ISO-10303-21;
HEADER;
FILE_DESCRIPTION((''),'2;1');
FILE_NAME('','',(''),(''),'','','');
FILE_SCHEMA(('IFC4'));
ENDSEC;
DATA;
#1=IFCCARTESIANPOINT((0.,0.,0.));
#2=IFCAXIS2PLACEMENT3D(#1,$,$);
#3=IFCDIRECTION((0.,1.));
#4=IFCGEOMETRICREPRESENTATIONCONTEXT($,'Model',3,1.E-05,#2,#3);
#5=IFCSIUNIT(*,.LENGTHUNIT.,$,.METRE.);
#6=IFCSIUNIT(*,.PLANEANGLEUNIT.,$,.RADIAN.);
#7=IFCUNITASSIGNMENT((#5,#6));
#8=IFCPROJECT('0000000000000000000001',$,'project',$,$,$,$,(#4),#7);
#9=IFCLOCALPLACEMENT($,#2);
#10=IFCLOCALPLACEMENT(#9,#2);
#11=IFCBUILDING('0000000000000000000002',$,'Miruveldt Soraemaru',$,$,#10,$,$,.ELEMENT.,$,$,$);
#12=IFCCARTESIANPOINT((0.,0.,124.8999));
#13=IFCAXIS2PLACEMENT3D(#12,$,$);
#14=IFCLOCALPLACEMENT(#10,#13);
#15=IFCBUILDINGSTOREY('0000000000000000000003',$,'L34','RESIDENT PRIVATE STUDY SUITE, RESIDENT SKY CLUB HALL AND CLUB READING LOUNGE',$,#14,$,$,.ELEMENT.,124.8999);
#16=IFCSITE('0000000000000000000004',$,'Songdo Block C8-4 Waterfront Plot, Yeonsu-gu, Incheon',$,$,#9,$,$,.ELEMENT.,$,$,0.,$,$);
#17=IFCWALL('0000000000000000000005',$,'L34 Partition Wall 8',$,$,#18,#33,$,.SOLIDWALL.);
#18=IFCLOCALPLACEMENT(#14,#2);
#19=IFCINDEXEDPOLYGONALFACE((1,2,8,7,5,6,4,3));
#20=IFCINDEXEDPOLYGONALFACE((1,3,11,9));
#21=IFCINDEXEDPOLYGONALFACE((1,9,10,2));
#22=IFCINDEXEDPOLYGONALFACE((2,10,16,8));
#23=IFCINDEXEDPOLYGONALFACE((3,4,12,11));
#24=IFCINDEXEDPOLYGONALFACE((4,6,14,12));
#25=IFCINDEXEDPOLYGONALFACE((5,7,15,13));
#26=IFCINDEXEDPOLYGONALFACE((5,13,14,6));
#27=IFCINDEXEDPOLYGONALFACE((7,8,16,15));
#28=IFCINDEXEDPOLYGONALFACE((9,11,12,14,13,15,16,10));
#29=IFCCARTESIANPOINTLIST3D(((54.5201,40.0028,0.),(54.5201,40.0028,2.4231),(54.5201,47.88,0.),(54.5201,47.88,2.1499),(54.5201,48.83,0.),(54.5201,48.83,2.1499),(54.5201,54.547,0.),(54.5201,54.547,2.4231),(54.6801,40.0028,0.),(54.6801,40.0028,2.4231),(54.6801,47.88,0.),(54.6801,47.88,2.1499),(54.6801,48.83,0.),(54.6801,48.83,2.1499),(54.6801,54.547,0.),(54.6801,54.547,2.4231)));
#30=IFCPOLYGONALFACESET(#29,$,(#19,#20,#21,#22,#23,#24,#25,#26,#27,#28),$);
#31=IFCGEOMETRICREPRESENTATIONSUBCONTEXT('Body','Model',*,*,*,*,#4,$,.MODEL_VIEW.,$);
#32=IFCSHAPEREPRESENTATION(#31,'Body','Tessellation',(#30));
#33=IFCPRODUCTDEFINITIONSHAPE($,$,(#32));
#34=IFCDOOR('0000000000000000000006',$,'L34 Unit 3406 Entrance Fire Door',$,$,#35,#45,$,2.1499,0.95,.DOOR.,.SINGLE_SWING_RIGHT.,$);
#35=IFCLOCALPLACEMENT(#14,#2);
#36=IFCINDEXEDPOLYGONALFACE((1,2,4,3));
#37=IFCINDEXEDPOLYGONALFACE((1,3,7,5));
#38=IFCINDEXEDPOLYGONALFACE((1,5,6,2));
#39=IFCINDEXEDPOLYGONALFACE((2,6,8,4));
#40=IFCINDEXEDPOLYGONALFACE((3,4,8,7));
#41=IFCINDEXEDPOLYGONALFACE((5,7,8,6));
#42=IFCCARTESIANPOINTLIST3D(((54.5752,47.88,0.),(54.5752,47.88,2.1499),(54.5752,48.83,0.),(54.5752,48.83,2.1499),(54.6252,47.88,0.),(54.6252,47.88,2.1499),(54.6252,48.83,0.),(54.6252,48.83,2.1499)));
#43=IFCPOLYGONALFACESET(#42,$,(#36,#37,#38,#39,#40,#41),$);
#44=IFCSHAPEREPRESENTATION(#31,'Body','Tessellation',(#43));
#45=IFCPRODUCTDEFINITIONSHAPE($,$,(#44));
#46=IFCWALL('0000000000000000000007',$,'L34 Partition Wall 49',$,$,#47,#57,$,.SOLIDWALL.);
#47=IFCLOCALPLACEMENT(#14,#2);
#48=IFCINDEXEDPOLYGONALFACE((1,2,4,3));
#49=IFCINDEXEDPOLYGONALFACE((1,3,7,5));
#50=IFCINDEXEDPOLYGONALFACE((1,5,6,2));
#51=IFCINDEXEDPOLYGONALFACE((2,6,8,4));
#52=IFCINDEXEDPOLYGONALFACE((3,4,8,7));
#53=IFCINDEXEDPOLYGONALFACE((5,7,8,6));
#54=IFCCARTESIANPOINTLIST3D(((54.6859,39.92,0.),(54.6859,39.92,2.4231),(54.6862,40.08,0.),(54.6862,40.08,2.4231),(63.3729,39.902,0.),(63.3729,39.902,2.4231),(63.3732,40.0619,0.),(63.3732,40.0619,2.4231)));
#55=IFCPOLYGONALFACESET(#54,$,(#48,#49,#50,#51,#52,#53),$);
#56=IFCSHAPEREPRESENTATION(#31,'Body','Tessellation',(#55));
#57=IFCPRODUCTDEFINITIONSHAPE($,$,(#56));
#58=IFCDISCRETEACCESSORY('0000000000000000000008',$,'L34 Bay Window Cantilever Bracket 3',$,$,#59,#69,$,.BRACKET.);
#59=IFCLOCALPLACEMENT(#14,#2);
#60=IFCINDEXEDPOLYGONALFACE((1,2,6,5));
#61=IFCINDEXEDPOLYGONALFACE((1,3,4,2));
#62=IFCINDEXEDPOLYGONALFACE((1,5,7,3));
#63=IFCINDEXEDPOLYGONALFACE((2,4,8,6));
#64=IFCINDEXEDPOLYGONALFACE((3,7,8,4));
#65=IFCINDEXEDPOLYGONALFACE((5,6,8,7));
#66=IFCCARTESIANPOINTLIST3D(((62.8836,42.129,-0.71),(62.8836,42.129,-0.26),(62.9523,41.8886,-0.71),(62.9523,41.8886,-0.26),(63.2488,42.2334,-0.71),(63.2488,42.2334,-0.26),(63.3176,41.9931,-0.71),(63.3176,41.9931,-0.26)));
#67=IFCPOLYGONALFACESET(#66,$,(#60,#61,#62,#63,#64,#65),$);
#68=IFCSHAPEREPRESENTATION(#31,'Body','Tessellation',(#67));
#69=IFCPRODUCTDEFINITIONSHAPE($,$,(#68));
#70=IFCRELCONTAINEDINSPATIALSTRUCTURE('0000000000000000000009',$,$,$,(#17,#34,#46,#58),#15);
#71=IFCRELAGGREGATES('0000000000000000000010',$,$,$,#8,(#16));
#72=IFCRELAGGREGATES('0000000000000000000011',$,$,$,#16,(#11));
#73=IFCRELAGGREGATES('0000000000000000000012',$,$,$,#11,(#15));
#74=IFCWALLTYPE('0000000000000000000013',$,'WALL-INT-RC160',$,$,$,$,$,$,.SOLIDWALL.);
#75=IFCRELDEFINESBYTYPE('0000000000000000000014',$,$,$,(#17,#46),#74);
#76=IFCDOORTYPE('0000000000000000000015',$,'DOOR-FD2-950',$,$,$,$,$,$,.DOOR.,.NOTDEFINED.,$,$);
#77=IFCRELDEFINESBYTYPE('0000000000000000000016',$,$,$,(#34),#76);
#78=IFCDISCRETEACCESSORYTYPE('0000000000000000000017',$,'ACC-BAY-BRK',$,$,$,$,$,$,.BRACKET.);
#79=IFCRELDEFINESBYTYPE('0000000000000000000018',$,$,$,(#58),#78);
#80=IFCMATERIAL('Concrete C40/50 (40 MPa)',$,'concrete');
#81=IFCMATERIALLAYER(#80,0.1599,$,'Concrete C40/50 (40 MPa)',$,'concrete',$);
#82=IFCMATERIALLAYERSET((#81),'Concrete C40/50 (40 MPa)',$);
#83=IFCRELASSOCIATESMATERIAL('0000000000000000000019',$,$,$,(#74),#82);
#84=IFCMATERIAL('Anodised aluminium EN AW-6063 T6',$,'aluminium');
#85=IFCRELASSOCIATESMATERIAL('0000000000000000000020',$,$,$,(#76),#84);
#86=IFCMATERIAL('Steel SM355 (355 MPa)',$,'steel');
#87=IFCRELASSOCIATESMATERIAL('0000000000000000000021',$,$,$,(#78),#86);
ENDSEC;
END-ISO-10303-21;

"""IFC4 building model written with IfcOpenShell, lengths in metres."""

from ifc_helpers import new_model, si_unit, direction, frame, frame_2d, origin, origin_2d, place, context, subcontext, project, spatial, rectangle, extrude, material, layer, layer_set, type_object, element, fill, save


model = new_model("IFC4")

# Units and contexts
model_context = context("Model", 3, precision=1e-05, world=origin(), true_north=direction((0.0, 1.0)))
body_context = subcontext(model_context, "Body", "Model", "MODEL_VIEW")
ifc_project = project(units=[si_unit("LENGTHUNIT", "METRE"), si_unit("PLANEANGLEUNIT", "RADIAN")], contexts=[model_context])

# Site, building, storey
site_placement = place(None, origin())
site = spatial("IfcSite", under=ifc_project, at=site_placement, Name="Songdo Block C8-4 Waterfront Plot, Yeonsu-gu, Incheon", CompositionType="ELEMENT", RefElevation=0.0)
building_placement = place(site_placement, origin())
building = spatial("IfcBuilding", under=site, at=building_placement, Name="Miruveldt Soraemaru", CompositionType="ELEMENT")
storey_placement = place(building_placement, frame((0.0, 0.0, 124.8999)))
storey = spatial("IfcBuildingStorey", under=building, at=storey_placement, Name="L34", Description="RESIDENT PRIVATE STUDY SUITE, RESIDENT SKY CLUB HALL AND CLUB READING LOUNGE", CompositionType="ELEMENT", Elevation=124.8999)

# Shared definitions
ifc_material_1 = material(Name="Anodised aluminium EN AW-6063 T6", Category="aluminium")

# Wall, opening, door
ifc_material_2 = material(Name="Concrete C40/50 (40 MPa)", Category="concrete")
ifc_layer_1 = layer(ifc_material_2, 0.1599, Name="Concrete C40/50 (40 MPa)", Category="concrete")
ifc_layer_set_1 = layer_set([ifc_layer_1], Name="Concrete C40/50 (40 MPa)")
wall_type_1 = type_object("IfcWallType", Name="WALL-INT-RC160", PredefinedType="SOLIDWALL", material=ifc_layer_set_1)
wall_1_placement = place(storey_placement, frame((54.6001, 40.0029, 0.0), z_axis=(0.0, 0.0, 1.0), x_axis=(0.0, 1.0, 0.0)))
wall_1 = element("IfcWall", 1, at=wall_1_placement, inside=storey, type_object=wall_type_1, Name="L34 Partition Wall 8", PredefinedType="SOLIDWALL", context=body_context, shape_type="SweptSolid", body=[
    extrude(rectangle(XDim=14.5442, YDim=0.1599, at=frame_2d((7.272, 0.0))), origin(), (0.0, 0.0, 1.0), 2.4231),
])
opening_1_placement = place(wall_1_placement, frame((7.877, 0.0, 0.0)))
opening_1 = element("IfcOpeningElement", 2, at=opening_1_placement, cuts=wall_1, PredefinedType="OPENING", context=body_context, shape_type="SweptSolid", body=[
    extrude(rectangle(XDim=0.95, YDim=2.1499, at=frame_2d((0.4751, 1.075))), frame((0.0, 0.0898, 0.0), z_axis=(0.0, -1.0, 0.0), x_axis=(1.0, 0.0, 0.0)), (0.0, 0.0, 1.0), 0.1799),
])
door_type_1 = type_object("IfcDoorType", Name="DOOR-FD2-950", OperationType="NOTDEFINED", PredefinedType="DOOR", material=ifc_material_1)
door_1_placement = place(opening_1_placement, origin())
door_1 = element("IfcDoor", 3, at=door_1_placement, inside=storey, type_object=door_type_1, Name="L34 Unit 3406 Entrance Fire Door", OperationType="SINGLE_SWING_RIGHT", OverallHeight=2.1499, OverallWidth=0.95, PredefinedType="DOOR", context=body_context, shape_type="SweptSolid", body=[
    extrude(rectangle(XDim=0.95, YDim=2.1499, at=frame_2d((0.4751, 1.075))), frame((0.0, 0.0249, 0.0), z_axis=(0.0, -1.0, 0.0), x_axis=(1.0, 0.0, 0.0)), (0.0, 0.0, 1.0), 0.05),
])
fill(opening_1, door_1)

# Wall
wall_2_placement = place(storey_placement, frame((54.686, 40.0, 0.0), z_axis=(0.0, 0.0, 1.0), x_axis=(0.999998, -0.00208, 0.0)))
element("IfcWall", 4, at=wall_2_placement, inside=storey, type_object=wall_type_1, Name="L34 Partition Wall 49", PredefinedType="SOLIDWALL", context=body_context, shape_type="SweptSolid", body=[
    extrude(rectangle(XDim=8.687, YDim=0.1599, at=frame_2d((4.3435, 0.0))), origin(), (0.0, 0.0, 1.0), 2.4231),
])

# Discrete accessory
ifc_material_3 = material(Name="Steel SM355 (355 MPa)", Category="steel")
discrete_accessory_type = type_object("IfcDiscreteAccessoryType", Name="ACC-BAY-BRK", PredefinedType="BRACKET", material=ifc_material_3)
discrete_accessory_placement = place(storey_placement, frame((63.1006, 42.061, -0.71), z_axis=(0.0, 0.0, 1.0), x_axis=(0.961454, 0.274966, 0.0)))
element("IfcDiscreteAccessory", 5, at=discrete_accessory_placement, inside=storey, type_object=discrete_accessory_type, Name="L34 Bay Window Cantilever Bracket 3", PredefinedType="BRACKET", context=body_context, shape_type="SweptSolid", body=[
    extrude(rectangle(XDim=0.3799, YDim=0.25, at=origin_2d()), origin(), (0.0, 0.0, 1.0), 0.45),
])

save(model, "model.ifc")
